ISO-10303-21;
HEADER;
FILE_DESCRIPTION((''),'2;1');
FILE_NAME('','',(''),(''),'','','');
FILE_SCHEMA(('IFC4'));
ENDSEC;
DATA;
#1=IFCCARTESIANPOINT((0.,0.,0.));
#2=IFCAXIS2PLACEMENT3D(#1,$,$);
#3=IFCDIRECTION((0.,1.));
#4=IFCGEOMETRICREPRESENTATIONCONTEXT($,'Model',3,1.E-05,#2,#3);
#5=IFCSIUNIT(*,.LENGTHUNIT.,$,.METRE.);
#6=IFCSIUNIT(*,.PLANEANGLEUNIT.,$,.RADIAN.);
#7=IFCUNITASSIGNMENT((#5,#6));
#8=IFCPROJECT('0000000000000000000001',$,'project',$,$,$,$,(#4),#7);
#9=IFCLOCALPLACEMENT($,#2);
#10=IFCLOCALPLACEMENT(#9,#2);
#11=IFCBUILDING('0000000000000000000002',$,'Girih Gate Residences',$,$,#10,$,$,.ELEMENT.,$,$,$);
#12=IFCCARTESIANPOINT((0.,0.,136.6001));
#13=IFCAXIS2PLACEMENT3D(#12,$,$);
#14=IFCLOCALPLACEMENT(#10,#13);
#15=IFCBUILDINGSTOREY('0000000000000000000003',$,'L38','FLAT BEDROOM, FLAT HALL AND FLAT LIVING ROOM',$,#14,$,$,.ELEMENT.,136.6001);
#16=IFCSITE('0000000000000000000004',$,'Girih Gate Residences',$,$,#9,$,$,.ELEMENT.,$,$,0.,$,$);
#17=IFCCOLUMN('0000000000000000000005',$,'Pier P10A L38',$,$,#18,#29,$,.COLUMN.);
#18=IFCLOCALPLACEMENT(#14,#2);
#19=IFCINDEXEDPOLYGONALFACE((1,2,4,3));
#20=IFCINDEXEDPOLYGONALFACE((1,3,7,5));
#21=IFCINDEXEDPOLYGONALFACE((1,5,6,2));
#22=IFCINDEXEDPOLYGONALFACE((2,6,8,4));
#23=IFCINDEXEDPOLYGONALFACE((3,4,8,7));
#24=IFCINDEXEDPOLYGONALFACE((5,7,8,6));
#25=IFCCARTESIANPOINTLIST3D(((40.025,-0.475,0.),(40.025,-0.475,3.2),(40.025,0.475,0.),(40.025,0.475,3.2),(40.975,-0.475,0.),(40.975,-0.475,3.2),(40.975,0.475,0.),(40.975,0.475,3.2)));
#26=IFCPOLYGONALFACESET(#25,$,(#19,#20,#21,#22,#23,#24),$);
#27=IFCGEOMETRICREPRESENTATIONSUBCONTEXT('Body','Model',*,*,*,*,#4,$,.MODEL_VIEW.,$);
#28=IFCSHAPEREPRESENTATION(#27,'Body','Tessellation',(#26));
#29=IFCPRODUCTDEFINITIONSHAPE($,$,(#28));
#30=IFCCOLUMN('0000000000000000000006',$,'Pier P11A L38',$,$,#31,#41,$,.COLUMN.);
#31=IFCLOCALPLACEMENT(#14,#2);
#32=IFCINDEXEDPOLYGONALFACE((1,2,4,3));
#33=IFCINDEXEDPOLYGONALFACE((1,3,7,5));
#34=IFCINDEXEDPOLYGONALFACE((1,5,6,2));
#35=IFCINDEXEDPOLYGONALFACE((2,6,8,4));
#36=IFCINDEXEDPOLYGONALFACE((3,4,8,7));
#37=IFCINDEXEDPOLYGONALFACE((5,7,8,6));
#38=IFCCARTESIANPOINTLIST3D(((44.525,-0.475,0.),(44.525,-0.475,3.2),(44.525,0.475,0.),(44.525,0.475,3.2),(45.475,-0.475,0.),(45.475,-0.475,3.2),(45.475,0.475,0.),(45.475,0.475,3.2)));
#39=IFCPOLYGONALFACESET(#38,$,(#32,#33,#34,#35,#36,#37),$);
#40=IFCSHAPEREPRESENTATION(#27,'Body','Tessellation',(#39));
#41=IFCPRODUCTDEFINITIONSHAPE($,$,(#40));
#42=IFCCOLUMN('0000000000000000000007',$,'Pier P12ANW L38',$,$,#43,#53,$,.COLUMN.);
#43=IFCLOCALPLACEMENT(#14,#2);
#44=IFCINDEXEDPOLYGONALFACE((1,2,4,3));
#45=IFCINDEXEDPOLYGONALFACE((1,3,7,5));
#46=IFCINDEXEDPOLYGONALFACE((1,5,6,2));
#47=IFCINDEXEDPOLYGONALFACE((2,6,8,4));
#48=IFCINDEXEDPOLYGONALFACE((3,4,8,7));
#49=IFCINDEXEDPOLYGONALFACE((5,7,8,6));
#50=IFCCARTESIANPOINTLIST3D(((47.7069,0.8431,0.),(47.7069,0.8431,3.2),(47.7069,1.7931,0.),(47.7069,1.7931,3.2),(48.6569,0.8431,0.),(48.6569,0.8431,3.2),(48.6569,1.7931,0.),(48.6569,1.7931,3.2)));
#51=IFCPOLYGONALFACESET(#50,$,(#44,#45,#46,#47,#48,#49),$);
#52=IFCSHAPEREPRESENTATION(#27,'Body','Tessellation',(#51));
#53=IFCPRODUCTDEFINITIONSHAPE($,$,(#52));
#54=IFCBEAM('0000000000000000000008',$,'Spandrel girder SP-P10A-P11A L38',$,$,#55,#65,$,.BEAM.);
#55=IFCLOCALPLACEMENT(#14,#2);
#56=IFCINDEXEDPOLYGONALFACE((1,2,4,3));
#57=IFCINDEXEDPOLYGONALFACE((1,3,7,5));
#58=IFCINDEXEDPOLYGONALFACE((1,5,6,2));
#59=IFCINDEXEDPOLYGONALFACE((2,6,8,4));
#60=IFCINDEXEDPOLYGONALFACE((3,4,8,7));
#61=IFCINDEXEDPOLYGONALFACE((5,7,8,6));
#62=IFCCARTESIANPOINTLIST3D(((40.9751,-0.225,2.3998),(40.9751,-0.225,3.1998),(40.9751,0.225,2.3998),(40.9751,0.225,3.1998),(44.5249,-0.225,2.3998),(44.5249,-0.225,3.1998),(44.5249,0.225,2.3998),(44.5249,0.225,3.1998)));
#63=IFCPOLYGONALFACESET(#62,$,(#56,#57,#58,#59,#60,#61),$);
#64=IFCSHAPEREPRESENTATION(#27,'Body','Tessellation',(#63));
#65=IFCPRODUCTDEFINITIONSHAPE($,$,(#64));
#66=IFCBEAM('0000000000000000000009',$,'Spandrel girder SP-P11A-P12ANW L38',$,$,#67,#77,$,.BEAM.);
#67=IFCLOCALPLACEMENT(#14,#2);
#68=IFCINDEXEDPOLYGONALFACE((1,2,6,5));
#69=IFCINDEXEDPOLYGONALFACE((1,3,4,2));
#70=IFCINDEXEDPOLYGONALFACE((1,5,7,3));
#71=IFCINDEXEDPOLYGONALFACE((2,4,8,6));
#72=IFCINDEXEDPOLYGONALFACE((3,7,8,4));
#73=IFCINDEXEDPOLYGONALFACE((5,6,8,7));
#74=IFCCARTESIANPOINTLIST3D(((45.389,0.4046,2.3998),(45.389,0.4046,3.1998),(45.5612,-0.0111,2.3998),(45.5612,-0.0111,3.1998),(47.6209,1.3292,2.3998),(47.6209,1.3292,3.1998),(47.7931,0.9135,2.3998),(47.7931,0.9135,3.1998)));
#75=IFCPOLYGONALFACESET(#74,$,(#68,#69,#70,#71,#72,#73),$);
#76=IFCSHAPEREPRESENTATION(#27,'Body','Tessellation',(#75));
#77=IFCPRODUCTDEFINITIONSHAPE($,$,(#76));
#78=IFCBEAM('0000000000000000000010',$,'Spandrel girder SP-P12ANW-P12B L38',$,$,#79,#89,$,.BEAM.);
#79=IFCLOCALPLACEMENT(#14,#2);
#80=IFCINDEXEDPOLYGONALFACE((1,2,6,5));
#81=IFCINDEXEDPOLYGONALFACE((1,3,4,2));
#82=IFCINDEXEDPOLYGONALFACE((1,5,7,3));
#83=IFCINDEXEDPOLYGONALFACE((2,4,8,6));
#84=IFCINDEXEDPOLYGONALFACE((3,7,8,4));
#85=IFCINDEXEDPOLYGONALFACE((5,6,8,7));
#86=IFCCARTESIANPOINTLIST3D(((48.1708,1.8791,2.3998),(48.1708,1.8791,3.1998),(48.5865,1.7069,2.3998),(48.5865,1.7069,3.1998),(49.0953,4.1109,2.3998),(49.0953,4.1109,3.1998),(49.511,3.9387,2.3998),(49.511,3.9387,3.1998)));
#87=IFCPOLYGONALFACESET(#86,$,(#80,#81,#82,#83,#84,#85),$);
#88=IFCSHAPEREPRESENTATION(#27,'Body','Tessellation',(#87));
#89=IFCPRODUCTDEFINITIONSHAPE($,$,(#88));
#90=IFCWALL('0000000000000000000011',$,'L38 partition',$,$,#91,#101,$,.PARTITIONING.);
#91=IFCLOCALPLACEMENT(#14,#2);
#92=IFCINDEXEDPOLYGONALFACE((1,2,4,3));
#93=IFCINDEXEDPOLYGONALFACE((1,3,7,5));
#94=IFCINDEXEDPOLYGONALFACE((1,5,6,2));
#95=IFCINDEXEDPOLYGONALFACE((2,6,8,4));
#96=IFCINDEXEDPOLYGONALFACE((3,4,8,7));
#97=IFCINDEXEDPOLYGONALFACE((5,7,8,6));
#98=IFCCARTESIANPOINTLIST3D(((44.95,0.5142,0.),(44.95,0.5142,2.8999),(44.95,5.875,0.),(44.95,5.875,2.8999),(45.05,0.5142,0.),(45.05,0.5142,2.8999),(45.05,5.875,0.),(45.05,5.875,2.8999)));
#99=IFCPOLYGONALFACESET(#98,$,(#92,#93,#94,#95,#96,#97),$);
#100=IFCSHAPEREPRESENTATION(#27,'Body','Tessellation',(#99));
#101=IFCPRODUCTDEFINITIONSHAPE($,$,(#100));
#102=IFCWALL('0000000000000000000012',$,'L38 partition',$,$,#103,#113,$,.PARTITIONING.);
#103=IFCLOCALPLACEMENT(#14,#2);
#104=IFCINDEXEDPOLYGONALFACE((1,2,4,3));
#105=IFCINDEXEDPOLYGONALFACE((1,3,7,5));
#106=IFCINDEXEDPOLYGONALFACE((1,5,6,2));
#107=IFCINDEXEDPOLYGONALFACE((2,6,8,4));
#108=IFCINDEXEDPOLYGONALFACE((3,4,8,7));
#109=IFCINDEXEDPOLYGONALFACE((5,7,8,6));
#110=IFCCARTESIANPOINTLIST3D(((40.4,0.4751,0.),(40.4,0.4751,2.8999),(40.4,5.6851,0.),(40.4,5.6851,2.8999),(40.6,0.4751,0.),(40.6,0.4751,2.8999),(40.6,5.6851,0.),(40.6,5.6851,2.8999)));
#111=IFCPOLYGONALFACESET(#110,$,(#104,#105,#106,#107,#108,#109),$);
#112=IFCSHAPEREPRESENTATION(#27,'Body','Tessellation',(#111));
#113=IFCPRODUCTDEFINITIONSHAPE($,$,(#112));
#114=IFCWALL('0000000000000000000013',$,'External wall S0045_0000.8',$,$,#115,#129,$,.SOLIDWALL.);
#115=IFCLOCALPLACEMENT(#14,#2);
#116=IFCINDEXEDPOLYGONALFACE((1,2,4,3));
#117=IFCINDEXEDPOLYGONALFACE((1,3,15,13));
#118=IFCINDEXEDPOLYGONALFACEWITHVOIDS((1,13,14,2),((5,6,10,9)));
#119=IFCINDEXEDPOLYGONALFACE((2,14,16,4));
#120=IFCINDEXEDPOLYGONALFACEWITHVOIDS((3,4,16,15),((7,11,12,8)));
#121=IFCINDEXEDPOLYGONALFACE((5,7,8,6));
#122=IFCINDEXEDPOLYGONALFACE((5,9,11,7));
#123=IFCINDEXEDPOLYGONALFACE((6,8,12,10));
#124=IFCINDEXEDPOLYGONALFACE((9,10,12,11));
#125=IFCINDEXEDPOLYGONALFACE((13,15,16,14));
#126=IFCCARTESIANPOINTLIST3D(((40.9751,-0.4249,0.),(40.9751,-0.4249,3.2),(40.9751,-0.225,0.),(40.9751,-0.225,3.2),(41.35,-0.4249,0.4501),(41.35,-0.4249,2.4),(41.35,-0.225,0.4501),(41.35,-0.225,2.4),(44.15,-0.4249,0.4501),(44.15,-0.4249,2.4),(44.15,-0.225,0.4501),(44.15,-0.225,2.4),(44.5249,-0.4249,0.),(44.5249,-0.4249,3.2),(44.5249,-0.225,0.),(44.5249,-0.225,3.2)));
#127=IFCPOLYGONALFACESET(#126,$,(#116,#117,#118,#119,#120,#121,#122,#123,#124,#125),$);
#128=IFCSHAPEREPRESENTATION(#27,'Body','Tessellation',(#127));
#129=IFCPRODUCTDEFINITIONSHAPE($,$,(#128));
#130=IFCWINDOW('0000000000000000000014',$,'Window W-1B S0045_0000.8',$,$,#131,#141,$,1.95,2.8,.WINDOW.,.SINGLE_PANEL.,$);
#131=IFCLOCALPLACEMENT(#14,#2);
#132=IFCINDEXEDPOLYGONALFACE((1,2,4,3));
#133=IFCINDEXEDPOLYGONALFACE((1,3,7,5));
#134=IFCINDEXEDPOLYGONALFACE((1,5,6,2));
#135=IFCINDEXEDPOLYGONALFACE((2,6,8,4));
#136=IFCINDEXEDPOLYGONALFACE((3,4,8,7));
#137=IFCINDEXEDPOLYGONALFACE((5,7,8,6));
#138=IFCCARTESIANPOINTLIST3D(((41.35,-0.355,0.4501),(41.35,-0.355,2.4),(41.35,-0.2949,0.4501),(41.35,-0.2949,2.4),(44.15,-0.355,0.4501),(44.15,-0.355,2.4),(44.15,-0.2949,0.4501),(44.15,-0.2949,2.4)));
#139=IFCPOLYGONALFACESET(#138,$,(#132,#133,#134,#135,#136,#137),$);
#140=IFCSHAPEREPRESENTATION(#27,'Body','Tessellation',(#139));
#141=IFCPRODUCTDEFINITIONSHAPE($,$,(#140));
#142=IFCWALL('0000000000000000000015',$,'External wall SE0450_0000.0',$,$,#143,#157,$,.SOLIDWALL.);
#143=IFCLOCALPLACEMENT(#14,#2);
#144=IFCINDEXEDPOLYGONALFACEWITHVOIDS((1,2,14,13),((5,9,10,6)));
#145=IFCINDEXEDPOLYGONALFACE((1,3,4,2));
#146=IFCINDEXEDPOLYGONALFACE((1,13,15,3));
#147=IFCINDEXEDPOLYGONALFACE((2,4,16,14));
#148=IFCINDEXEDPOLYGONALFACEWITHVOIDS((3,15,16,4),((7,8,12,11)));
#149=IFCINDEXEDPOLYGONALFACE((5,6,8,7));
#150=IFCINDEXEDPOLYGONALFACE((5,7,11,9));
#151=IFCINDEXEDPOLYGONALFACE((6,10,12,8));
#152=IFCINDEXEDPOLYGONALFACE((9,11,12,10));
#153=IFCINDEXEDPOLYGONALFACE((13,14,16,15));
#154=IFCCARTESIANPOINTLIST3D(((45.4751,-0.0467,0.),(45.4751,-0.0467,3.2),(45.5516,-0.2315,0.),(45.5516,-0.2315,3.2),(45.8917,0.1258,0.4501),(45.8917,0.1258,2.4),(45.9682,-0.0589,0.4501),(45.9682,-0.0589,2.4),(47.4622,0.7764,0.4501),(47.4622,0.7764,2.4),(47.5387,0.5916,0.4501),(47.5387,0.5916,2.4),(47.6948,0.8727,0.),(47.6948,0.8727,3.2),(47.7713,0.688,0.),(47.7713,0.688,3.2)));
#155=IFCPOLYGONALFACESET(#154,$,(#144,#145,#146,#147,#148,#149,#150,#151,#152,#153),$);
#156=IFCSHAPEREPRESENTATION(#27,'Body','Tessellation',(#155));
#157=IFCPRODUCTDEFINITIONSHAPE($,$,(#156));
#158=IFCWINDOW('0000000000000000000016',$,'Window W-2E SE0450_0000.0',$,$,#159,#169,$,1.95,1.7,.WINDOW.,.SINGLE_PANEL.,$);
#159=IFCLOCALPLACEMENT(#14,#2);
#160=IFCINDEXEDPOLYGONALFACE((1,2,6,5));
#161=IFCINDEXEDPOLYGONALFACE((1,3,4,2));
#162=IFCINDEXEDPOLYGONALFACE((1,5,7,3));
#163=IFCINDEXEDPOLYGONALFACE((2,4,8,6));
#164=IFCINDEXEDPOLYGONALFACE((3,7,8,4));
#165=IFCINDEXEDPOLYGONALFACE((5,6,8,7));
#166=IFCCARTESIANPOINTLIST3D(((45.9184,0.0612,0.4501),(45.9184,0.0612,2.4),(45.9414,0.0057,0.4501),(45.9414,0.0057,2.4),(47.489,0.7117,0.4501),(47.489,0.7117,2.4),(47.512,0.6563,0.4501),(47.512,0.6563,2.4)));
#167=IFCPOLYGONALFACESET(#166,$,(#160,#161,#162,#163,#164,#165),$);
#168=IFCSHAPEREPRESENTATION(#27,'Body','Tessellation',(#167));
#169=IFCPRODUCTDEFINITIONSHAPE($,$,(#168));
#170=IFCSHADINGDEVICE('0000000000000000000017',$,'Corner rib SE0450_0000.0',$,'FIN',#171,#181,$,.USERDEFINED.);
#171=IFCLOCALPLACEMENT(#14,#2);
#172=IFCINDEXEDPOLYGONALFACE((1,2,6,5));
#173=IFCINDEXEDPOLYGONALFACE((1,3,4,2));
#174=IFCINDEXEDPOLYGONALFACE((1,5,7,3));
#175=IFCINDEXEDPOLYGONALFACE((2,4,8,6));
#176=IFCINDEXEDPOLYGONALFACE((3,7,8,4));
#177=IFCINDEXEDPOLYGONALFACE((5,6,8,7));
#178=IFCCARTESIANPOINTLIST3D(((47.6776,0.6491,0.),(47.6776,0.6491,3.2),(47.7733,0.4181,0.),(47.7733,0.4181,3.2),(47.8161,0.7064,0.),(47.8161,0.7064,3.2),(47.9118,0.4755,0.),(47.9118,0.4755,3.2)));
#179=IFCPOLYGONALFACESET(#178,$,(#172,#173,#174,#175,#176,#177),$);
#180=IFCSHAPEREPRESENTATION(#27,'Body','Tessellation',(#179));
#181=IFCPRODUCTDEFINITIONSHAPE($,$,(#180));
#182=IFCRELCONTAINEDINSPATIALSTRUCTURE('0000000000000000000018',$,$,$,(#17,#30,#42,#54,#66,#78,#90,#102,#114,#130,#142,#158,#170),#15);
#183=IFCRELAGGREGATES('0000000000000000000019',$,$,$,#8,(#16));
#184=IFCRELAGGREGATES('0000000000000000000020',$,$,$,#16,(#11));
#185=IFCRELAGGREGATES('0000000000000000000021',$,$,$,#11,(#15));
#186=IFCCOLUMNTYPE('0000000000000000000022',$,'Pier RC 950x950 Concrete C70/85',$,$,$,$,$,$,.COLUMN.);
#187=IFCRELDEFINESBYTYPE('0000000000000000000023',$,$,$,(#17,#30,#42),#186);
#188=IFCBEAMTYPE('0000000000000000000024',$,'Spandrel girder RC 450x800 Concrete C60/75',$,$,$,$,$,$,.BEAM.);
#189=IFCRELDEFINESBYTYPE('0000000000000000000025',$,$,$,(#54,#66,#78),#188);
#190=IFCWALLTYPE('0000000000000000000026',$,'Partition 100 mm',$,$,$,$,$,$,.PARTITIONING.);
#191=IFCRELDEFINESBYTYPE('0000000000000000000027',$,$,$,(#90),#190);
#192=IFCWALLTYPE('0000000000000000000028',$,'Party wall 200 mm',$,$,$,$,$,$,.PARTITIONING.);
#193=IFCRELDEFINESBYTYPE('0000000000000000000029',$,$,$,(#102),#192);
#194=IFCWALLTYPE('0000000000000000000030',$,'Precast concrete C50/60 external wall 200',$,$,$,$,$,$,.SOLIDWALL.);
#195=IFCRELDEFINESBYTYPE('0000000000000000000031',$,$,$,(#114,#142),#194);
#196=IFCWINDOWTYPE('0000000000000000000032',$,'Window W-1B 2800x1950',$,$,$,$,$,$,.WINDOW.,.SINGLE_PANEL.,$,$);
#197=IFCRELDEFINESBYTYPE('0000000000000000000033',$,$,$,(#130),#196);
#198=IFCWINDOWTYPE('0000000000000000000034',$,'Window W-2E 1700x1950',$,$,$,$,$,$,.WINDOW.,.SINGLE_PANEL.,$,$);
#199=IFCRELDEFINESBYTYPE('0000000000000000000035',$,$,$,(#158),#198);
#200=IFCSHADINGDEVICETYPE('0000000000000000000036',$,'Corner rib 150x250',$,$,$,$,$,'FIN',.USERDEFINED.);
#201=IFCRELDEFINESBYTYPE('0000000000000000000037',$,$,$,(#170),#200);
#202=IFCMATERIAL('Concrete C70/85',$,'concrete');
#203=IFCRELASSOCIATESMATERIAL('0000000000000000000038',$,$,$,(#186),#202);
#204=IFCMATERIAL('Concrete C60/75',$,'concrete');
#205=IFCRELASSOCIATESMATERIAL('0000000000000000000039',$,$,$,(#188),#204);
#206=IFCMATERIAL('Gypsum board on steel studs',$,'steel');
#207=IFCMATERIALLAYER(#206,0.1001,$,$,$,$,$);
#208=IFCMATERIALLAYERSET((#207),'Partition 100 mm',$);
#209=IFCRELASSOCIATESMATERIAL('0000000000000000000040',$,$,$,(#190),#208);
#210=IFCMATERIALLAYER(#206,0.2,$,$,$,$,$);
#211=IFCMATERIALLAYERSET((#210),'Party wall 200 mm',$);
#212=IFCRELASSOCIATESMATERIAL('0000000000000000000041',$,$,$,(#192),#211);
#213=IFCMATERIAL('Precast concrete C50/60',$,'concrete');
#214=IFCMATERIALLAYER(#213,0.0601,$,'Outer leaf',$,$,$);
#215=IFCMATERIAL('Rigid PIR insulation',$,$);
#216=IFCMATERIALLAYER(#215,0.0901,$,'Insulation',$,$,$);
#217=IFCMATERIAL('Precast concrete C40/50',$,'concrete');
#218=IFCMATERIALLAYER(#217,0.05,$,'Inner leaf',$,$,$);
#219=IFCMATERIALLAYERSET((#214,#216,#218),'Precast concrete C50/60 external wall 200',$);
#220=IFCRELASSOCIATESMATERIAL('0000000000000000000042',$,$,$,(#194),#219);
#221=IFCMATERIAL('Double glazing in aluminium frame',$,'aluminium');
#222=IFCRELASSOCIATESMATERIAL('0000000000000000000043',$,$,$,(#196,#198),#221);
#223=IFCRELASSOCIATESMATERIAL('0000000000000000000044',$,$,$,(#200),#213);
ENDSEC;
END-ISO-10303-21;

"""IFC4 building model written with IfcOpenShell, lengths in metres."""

from ifc_helpers import new_model, si_unit, direction, frame, frame_2d, origin, origin_2d, place, context, subcontext, project, spatial, rectangle, extrude, material, layer, layer_set, material_profile, profile_set, type_object, element, fill, save


model = new_model("IFC4")

# Units and contexts
model_context = context("Model", 3, precision=1e-05, world=origin(), true_north=direction((0.0, 1.0)))
body_context = subcontext(model_context, "Body", "Model", "MODEL_VIEW")
ifc_project = project(units=[si_unit("LENGTHUNIT", "METRE"), si_unit("PLANEANGLEUNIT", "RADIAN")], contexts=[model_context])

# Site, building, storey
site_placement = place(None, origin())
site = spatial("IfcSite", under=ifc_project, at=site_placement, Name="Girih Gate Residences", CompositionType="ELEMENT", RefElevation=0.0)
building_placement = place(site_placement, origin())
building = spatial("IfcBuilding", under=site, at=building_placement, Name="Girih Gate Residences", CompositionType="ELEMENT")
storey_placement = place(building_placement, frame((0.0, 0.0, 136.6001)))
storey = spatial("IfcBuildingStorey", under=building, at=storey_placement, Name="L38", Description="FLAT BEDROOM, FLAT HALL AND FLAT LIVING ROOM", CompositionType="ELEMENT", Elevation=136.6001)

# Columns
ifc_material_1 = material(Name="Concrete C70/85", Category="concrete")
ifc_material_profile_1 = material_profile(ifc_material_1, rectangle(XDim=0.95, YDim=0.95, at=origin_2d()))
ifc_profile_set_1 = profile_set([ifc_material_profile_1], Name="Concrete C70/85")
column_type = type_object("IfcColumnType", Name="Pier RC 950x950 Concrete C70/85", PredefinedType="COLUMN", material=ifc_profile_set_1)
for number, where, z_axis, x_axis, name in (
    (1, (40.5, 0.0, 0.0), (0.0, 0.0, 1.0), (1.0, 0.0, 0.0), "Pier P10A L38"),
    (2, (45.0, 0.0, 0.0), (0.0, 0.0, 1.0), (1.0, 0.0, 0.0), "Pier P11A L38"),
    (3, (48.1819, 1.3181, 0.0), (0.0, 0.0, 1.0), (1.0, 0.0, 0.0), "Pier P12ANW L38"),
):
    element("IfcColumn", number, at=place(storey_placement, frame(where, z_axis=z_axis, x_axis=x_axis)), inside=storey, type_object=column_type, Name=name, PredefinedType="COLUMN", context=body_context, shape_type="SweptSolid", body=[
        extrude(rectangle(XDim=0.95, YDim=0.95, at=origin_2d()), origin(), (0.0, 0.0, 1.0), 3.2),
    ])

# Beams
ifc_material_2 = material(Name="Concrete C60/75", Category="concrete")
ifc_material_profile_2 = material_profile(ifc_material_2, rectangle(XDim=0.45, YDim=0.8, at=origin_2d()))
ifc_profile_set_2 = profile_set([ifc_material_profile_2], Name="Concrete C60/75")
beam_type = type_object("IfcBeamType", Name="Spandrel girder RC 450x800 Concrete C60/75", PredefinedType="BEAM", material=ifc_profile_set_2)
beam_placement = place(storey_placement, frame((40.9751, 0.0, 2.7998), z_axis=(1.0, 0.0, 0.0), x_axis=(0.0, 1.0, 0.0)))
element("IfcBeam", 4, at=beam_placement, inside=storey, type_object=beam_type, Name="Spandrel girder SP-P10A-P11A L38", PredefinedType="BEAM", context=body_context, shape_type="SweptSolid", body=[
    extrude(rectangle(XDim=0.45, YDim=0.8, at=origin_2d()), origin(), (0.0, 0.0, 1.0), 3.5498),
])
for number, where, z_axis, x_axis, name in (
    (5, (45.4751, 0.1968, 2.7998), (0.92387, 0.382706, 0.0), (-0.382706, 0.92387, 0.0), "Spandrel girder SP-P11A-P12ANW L38"),
    (6, (48.3787, 1.793, 2.7998), (0.382706, 0.92387, 0.0), (-0.92387, 0.382706, 0.0), "Spandrel girder SP-P12ANW-P12B L38"),
):
    element("IfcBeam", number, at=place(storey_placement, frame(where, z_axis=z_axis, x_axis=x_axis)), inside=storey, type_object=beam_type, Name=name, PredefinedType="BEAM", context=body_context, shape_type="SweptSolid", body=[
        extrude(rectangle(XDim=0.45, YDim=0.8, at=origin_2d()), origin(), (0.0, 0.0, 1.0), 2.4158),
    ])

# Walls
ifc_material_3 = material(Name="Gypsum board on steel studs", Category="steel")
ifc_layer_1 = layer(ifc_material_3, 0.1001)
ifc_layer_set_1 = layer_set([ifc_layer_1], Name="Partition 100 mm")
wall_type_1 = type_object("IfcWallType", Name="Partition 100 mm", PredefinedType="PARTITIONING", material=ifc_layer_set_1)
wall_1_placement = place(storey_placement, frame((45.0, 0.5142, 0.0), z_axis=(0.0, 0.0, 1.0), x_axis=(0.0, 1.0, 0.0)))
element("IfcWall", 7, at=wall_1_placement, inside=storey, type_object=wall_type_1, Name="L38 partition", PredefinedType="PARTITIONING", context=body_context, shape_type="SweptSolid", body=[
    extrude(rectangle(XDim=5.3608, YDim=0.1001, at=frame_2d((2.6804, 0.0))), origin(), (0.0, 0.0, 1.0), 2.8999),
])
ifc_layer_2 = layer(ifc_material_3, 0.2)
ifc_layer_set_2 = layer_set([ifc_layer_2], Name="Party wall 200 mm")
wall_type_2 = type_object("IfcWallType", Name="Party wall 200 mm", PredefinedType="PARTITIONING", material=ifc_layer_set_2)
wall_2_placement = place(storey_placement, frame((40.5, 0.4751, 0.0), z_axis=(0.0, 0.0, 1.0), x_axis=(0.0, 1.0, 0.0)))
element("IfcWall", 8, at=wall_2_placement, inside=storey, type_object=wall_type_2, Name="L38 partition", PredefinedType="PARTITIONING", context=body_context, shape_type="SweptSolid", body=[
    extrude(rectangle(XDim=5.21, YDim=0.2, at=frame_2d((2.605, 0.0))), origin(), (0.0, 0.0, 1.0), 2.8999),
])

# Walls, openings, windows
ifc_material_4 = material(Name="Precast concrete C50/60", Category="concrete")
ifc_layer_3 = layer(ifc_material_4, 0.0601, Name="Outer leaf")
ifc_material_5 = material(Name="Rigid PIR insulation")
ifc_layer_4 = layer(ifc_material_5, 0.0901, Name="Insulation")
ifc_material_6 = material(Name="Precast concrete C40/50", Category="concrete")
ifc_layer_5 = layer(ifc_material_6, 0.05, Name="Inner leaf")
ifc_layer_set_3 = layer_set([ifc_layer_3, ifc_layer_4, ifc_layer_5], Name="Precast concrete C50/60 external wall 200")
wall_type_3 = type_object("IfcWallType", Name="Precast concrete C50/60 external wall 200", PredefinedType="SOLIDWALL", material=ifc_layer_set_3)
wall_3_placement = place(storey_placement, frame((44.5249, -0.325, 0.0), z_axis=(0.0, 0.0, 1.0), x_axis=(-1.0, 0.0, 0.0)))
wall_3 = element("IfcWall", 9, at=wall_3_placement, inside=storey, type_object=wall_type_3, Name="External wall S0045_0000.8", PredefinedType="SOLIDWALL", context=body_context, shape_type="SweptSolid", body=[
    extrude(rectangle(XDim=3.5498, YDim=0.2, at=frame_2d((1.7749, 0.0))), origin(), (0.0, 0.0, 1.0), 3.2),
])
opening_1_placement = place(wall_3_placement, frame((0.375, 0.0, 0.45)))
opening_1 = element("IfcOpeningElement", 10, at=opening_1_placement, cuts=wall_3, PredefinedType="OPENING", context=body_context, shape_type="SweptSolid", body=[
    extrude(rectangle(XDim=2.8, YDim=1.95, at=frame_2d((1.3999, 0.9751))), frame((0.0, 0.1099, 0.0), z_axis=(0.0, -1.0, 0.0), x_axis=(1.0, 0.0, 0.0)), (0.0, 0.0, 1.0), 0.22),
])
ifc_material_7 = material(Name="Double glazing in aluminium frame", Category="aluminium")
window_type_1 = type_object("IfcWindowType", Name="Window W-1B 2800x1950", PartitioningType="SINGLE_PANEL", PredefinedType="WINDOW", material=ifc_material_7)
window_1_placement = place(opening_1_placement, origin())
window_1 = element("IfcWindow", 11, at=window_1_placement, inside=storey, type_object=window_type_1, Name="Window W-1B S0045_0000.8", OverallHeight=1.95, OverallWidth=2.8, PartitioningType="SINGLE_PANEL", PredefinedType="WINDOW", context=body_context, shape_type="SweptSolid", body=[
    extrude(rectangle(XDim=2.8, YDim=1.95, at=frame_2d((1.3999, 0.9751))), frame((0.0, 0.03, 0.0), z_axis=(0.0, -1.0, 0.0), x_axis=(1.0, 0.0, 0.0)), (0.0, 0.0, 1.0), 0.0601),
])
fill(opening_1, window_1)
wall_4_placement = place(storey_placement, frame((47.7329, 0.7803, 0.0), z_axis=(0.0, 0.0, 1.0), x_axis=(-0.923881, -0.382681, 0.0)))
wall_4 = element("IfcWall", 12, at=wall_4_placement, inside=storey, type_object=wall_type_3, Name="External wall SE0450_0000.0", PredefinedType="SOLIDWALL", context=body_context, shape_type="SweptSolid", body=[
    extrude(rectangle(XDim=2.4026, YDim=0.2, at=frame_2d((1.2012, 0.0))), origin(), (0.0, 0.0, 1.0), 3.2),
])
opening_2_placement = place(wall_4_placement, frame((0.2515, 0.0, 0.45)))
opening_2 = element("IfcOpeningElement", 13, at=opening_2_placement, cuts=wall_4, PredefinedType="OPENING", context=body_context, shape_type="SweptSolid", body=[
    extrude(rectangle(XDim=1.7, YDim=1.95, at=frame_2d((0.8501, 0.9751))), frame((0.0, 0.1099, 0.0), z_axis=(0.0, -1.0, 0.0), x_axis=(1.0, 0.0, 0.0)), (0.0, 0.0, 1.0), 0.22),
])
window_type_2 = type_object("IfcWindowType", Name="Window W-2E 1700x1950", PartitioningType="SINGLE_PANEL", PredefinedType="WINDOW", material=ifc_material_7)
window_2_placement = place(opening_2_placement, origin())
window_2 = element("IfcWindow", 14, at=window_2_placement, inside=storey, type_object=window_type_2, Name="Window W-2E SE0450_0000.0", OverallHeight=1.95, OverallWidth=1.7, PartitioningType="SINGLE_PANEL", PredefinedType="WINDOW", context=body_context, shape_type="SweptSolid", body=[
    extrude(rectangle(XDim=1.7, YDim=1.95, at=frame_2d((0.8501, 0.9751))), frame((0.0, 0.03, 0.0), z_axis=(0.0, -1.0, 0.0), x_axis=(1.0, 0.0, 0.0)), (0.0, 0.0, 1.0), 0.0601),
])
fill(opening_2, window_2)

# Shading device
shading_device_type = type_object("IfcShadingDeviceType", Name="Corner rib 150x250", ElementType="FIN", PredefinedType="USERDEFINED", material=ifc_material_4)
for number, where, z_axis, x_axis, name in (
    (15, (47.7947, 0.5623, 0.0), (0.0, 0.0, 1.0), (0.92388, 0.382683, 0.0), "Corner rib SE0450_0000.0"),
):
    element("IfcShadingDevice", number, at=place(storey_placement, frame(where, z_axis=z_axis, x_axis=x_axis)), inside=storey, type_object=shading_device_type, Name=name, ObjectType="FIN", PredefinedType="USERDEFINED", context=body_context, shape_type="SweptSolid", body=[
        extrude(rectangle(XDim=0.1499, YDim=0.25, at=origin_2d()), origin(), (0.0, 0.0, 1.0), 3.2),
    ])

save(model, "model.ifc")
